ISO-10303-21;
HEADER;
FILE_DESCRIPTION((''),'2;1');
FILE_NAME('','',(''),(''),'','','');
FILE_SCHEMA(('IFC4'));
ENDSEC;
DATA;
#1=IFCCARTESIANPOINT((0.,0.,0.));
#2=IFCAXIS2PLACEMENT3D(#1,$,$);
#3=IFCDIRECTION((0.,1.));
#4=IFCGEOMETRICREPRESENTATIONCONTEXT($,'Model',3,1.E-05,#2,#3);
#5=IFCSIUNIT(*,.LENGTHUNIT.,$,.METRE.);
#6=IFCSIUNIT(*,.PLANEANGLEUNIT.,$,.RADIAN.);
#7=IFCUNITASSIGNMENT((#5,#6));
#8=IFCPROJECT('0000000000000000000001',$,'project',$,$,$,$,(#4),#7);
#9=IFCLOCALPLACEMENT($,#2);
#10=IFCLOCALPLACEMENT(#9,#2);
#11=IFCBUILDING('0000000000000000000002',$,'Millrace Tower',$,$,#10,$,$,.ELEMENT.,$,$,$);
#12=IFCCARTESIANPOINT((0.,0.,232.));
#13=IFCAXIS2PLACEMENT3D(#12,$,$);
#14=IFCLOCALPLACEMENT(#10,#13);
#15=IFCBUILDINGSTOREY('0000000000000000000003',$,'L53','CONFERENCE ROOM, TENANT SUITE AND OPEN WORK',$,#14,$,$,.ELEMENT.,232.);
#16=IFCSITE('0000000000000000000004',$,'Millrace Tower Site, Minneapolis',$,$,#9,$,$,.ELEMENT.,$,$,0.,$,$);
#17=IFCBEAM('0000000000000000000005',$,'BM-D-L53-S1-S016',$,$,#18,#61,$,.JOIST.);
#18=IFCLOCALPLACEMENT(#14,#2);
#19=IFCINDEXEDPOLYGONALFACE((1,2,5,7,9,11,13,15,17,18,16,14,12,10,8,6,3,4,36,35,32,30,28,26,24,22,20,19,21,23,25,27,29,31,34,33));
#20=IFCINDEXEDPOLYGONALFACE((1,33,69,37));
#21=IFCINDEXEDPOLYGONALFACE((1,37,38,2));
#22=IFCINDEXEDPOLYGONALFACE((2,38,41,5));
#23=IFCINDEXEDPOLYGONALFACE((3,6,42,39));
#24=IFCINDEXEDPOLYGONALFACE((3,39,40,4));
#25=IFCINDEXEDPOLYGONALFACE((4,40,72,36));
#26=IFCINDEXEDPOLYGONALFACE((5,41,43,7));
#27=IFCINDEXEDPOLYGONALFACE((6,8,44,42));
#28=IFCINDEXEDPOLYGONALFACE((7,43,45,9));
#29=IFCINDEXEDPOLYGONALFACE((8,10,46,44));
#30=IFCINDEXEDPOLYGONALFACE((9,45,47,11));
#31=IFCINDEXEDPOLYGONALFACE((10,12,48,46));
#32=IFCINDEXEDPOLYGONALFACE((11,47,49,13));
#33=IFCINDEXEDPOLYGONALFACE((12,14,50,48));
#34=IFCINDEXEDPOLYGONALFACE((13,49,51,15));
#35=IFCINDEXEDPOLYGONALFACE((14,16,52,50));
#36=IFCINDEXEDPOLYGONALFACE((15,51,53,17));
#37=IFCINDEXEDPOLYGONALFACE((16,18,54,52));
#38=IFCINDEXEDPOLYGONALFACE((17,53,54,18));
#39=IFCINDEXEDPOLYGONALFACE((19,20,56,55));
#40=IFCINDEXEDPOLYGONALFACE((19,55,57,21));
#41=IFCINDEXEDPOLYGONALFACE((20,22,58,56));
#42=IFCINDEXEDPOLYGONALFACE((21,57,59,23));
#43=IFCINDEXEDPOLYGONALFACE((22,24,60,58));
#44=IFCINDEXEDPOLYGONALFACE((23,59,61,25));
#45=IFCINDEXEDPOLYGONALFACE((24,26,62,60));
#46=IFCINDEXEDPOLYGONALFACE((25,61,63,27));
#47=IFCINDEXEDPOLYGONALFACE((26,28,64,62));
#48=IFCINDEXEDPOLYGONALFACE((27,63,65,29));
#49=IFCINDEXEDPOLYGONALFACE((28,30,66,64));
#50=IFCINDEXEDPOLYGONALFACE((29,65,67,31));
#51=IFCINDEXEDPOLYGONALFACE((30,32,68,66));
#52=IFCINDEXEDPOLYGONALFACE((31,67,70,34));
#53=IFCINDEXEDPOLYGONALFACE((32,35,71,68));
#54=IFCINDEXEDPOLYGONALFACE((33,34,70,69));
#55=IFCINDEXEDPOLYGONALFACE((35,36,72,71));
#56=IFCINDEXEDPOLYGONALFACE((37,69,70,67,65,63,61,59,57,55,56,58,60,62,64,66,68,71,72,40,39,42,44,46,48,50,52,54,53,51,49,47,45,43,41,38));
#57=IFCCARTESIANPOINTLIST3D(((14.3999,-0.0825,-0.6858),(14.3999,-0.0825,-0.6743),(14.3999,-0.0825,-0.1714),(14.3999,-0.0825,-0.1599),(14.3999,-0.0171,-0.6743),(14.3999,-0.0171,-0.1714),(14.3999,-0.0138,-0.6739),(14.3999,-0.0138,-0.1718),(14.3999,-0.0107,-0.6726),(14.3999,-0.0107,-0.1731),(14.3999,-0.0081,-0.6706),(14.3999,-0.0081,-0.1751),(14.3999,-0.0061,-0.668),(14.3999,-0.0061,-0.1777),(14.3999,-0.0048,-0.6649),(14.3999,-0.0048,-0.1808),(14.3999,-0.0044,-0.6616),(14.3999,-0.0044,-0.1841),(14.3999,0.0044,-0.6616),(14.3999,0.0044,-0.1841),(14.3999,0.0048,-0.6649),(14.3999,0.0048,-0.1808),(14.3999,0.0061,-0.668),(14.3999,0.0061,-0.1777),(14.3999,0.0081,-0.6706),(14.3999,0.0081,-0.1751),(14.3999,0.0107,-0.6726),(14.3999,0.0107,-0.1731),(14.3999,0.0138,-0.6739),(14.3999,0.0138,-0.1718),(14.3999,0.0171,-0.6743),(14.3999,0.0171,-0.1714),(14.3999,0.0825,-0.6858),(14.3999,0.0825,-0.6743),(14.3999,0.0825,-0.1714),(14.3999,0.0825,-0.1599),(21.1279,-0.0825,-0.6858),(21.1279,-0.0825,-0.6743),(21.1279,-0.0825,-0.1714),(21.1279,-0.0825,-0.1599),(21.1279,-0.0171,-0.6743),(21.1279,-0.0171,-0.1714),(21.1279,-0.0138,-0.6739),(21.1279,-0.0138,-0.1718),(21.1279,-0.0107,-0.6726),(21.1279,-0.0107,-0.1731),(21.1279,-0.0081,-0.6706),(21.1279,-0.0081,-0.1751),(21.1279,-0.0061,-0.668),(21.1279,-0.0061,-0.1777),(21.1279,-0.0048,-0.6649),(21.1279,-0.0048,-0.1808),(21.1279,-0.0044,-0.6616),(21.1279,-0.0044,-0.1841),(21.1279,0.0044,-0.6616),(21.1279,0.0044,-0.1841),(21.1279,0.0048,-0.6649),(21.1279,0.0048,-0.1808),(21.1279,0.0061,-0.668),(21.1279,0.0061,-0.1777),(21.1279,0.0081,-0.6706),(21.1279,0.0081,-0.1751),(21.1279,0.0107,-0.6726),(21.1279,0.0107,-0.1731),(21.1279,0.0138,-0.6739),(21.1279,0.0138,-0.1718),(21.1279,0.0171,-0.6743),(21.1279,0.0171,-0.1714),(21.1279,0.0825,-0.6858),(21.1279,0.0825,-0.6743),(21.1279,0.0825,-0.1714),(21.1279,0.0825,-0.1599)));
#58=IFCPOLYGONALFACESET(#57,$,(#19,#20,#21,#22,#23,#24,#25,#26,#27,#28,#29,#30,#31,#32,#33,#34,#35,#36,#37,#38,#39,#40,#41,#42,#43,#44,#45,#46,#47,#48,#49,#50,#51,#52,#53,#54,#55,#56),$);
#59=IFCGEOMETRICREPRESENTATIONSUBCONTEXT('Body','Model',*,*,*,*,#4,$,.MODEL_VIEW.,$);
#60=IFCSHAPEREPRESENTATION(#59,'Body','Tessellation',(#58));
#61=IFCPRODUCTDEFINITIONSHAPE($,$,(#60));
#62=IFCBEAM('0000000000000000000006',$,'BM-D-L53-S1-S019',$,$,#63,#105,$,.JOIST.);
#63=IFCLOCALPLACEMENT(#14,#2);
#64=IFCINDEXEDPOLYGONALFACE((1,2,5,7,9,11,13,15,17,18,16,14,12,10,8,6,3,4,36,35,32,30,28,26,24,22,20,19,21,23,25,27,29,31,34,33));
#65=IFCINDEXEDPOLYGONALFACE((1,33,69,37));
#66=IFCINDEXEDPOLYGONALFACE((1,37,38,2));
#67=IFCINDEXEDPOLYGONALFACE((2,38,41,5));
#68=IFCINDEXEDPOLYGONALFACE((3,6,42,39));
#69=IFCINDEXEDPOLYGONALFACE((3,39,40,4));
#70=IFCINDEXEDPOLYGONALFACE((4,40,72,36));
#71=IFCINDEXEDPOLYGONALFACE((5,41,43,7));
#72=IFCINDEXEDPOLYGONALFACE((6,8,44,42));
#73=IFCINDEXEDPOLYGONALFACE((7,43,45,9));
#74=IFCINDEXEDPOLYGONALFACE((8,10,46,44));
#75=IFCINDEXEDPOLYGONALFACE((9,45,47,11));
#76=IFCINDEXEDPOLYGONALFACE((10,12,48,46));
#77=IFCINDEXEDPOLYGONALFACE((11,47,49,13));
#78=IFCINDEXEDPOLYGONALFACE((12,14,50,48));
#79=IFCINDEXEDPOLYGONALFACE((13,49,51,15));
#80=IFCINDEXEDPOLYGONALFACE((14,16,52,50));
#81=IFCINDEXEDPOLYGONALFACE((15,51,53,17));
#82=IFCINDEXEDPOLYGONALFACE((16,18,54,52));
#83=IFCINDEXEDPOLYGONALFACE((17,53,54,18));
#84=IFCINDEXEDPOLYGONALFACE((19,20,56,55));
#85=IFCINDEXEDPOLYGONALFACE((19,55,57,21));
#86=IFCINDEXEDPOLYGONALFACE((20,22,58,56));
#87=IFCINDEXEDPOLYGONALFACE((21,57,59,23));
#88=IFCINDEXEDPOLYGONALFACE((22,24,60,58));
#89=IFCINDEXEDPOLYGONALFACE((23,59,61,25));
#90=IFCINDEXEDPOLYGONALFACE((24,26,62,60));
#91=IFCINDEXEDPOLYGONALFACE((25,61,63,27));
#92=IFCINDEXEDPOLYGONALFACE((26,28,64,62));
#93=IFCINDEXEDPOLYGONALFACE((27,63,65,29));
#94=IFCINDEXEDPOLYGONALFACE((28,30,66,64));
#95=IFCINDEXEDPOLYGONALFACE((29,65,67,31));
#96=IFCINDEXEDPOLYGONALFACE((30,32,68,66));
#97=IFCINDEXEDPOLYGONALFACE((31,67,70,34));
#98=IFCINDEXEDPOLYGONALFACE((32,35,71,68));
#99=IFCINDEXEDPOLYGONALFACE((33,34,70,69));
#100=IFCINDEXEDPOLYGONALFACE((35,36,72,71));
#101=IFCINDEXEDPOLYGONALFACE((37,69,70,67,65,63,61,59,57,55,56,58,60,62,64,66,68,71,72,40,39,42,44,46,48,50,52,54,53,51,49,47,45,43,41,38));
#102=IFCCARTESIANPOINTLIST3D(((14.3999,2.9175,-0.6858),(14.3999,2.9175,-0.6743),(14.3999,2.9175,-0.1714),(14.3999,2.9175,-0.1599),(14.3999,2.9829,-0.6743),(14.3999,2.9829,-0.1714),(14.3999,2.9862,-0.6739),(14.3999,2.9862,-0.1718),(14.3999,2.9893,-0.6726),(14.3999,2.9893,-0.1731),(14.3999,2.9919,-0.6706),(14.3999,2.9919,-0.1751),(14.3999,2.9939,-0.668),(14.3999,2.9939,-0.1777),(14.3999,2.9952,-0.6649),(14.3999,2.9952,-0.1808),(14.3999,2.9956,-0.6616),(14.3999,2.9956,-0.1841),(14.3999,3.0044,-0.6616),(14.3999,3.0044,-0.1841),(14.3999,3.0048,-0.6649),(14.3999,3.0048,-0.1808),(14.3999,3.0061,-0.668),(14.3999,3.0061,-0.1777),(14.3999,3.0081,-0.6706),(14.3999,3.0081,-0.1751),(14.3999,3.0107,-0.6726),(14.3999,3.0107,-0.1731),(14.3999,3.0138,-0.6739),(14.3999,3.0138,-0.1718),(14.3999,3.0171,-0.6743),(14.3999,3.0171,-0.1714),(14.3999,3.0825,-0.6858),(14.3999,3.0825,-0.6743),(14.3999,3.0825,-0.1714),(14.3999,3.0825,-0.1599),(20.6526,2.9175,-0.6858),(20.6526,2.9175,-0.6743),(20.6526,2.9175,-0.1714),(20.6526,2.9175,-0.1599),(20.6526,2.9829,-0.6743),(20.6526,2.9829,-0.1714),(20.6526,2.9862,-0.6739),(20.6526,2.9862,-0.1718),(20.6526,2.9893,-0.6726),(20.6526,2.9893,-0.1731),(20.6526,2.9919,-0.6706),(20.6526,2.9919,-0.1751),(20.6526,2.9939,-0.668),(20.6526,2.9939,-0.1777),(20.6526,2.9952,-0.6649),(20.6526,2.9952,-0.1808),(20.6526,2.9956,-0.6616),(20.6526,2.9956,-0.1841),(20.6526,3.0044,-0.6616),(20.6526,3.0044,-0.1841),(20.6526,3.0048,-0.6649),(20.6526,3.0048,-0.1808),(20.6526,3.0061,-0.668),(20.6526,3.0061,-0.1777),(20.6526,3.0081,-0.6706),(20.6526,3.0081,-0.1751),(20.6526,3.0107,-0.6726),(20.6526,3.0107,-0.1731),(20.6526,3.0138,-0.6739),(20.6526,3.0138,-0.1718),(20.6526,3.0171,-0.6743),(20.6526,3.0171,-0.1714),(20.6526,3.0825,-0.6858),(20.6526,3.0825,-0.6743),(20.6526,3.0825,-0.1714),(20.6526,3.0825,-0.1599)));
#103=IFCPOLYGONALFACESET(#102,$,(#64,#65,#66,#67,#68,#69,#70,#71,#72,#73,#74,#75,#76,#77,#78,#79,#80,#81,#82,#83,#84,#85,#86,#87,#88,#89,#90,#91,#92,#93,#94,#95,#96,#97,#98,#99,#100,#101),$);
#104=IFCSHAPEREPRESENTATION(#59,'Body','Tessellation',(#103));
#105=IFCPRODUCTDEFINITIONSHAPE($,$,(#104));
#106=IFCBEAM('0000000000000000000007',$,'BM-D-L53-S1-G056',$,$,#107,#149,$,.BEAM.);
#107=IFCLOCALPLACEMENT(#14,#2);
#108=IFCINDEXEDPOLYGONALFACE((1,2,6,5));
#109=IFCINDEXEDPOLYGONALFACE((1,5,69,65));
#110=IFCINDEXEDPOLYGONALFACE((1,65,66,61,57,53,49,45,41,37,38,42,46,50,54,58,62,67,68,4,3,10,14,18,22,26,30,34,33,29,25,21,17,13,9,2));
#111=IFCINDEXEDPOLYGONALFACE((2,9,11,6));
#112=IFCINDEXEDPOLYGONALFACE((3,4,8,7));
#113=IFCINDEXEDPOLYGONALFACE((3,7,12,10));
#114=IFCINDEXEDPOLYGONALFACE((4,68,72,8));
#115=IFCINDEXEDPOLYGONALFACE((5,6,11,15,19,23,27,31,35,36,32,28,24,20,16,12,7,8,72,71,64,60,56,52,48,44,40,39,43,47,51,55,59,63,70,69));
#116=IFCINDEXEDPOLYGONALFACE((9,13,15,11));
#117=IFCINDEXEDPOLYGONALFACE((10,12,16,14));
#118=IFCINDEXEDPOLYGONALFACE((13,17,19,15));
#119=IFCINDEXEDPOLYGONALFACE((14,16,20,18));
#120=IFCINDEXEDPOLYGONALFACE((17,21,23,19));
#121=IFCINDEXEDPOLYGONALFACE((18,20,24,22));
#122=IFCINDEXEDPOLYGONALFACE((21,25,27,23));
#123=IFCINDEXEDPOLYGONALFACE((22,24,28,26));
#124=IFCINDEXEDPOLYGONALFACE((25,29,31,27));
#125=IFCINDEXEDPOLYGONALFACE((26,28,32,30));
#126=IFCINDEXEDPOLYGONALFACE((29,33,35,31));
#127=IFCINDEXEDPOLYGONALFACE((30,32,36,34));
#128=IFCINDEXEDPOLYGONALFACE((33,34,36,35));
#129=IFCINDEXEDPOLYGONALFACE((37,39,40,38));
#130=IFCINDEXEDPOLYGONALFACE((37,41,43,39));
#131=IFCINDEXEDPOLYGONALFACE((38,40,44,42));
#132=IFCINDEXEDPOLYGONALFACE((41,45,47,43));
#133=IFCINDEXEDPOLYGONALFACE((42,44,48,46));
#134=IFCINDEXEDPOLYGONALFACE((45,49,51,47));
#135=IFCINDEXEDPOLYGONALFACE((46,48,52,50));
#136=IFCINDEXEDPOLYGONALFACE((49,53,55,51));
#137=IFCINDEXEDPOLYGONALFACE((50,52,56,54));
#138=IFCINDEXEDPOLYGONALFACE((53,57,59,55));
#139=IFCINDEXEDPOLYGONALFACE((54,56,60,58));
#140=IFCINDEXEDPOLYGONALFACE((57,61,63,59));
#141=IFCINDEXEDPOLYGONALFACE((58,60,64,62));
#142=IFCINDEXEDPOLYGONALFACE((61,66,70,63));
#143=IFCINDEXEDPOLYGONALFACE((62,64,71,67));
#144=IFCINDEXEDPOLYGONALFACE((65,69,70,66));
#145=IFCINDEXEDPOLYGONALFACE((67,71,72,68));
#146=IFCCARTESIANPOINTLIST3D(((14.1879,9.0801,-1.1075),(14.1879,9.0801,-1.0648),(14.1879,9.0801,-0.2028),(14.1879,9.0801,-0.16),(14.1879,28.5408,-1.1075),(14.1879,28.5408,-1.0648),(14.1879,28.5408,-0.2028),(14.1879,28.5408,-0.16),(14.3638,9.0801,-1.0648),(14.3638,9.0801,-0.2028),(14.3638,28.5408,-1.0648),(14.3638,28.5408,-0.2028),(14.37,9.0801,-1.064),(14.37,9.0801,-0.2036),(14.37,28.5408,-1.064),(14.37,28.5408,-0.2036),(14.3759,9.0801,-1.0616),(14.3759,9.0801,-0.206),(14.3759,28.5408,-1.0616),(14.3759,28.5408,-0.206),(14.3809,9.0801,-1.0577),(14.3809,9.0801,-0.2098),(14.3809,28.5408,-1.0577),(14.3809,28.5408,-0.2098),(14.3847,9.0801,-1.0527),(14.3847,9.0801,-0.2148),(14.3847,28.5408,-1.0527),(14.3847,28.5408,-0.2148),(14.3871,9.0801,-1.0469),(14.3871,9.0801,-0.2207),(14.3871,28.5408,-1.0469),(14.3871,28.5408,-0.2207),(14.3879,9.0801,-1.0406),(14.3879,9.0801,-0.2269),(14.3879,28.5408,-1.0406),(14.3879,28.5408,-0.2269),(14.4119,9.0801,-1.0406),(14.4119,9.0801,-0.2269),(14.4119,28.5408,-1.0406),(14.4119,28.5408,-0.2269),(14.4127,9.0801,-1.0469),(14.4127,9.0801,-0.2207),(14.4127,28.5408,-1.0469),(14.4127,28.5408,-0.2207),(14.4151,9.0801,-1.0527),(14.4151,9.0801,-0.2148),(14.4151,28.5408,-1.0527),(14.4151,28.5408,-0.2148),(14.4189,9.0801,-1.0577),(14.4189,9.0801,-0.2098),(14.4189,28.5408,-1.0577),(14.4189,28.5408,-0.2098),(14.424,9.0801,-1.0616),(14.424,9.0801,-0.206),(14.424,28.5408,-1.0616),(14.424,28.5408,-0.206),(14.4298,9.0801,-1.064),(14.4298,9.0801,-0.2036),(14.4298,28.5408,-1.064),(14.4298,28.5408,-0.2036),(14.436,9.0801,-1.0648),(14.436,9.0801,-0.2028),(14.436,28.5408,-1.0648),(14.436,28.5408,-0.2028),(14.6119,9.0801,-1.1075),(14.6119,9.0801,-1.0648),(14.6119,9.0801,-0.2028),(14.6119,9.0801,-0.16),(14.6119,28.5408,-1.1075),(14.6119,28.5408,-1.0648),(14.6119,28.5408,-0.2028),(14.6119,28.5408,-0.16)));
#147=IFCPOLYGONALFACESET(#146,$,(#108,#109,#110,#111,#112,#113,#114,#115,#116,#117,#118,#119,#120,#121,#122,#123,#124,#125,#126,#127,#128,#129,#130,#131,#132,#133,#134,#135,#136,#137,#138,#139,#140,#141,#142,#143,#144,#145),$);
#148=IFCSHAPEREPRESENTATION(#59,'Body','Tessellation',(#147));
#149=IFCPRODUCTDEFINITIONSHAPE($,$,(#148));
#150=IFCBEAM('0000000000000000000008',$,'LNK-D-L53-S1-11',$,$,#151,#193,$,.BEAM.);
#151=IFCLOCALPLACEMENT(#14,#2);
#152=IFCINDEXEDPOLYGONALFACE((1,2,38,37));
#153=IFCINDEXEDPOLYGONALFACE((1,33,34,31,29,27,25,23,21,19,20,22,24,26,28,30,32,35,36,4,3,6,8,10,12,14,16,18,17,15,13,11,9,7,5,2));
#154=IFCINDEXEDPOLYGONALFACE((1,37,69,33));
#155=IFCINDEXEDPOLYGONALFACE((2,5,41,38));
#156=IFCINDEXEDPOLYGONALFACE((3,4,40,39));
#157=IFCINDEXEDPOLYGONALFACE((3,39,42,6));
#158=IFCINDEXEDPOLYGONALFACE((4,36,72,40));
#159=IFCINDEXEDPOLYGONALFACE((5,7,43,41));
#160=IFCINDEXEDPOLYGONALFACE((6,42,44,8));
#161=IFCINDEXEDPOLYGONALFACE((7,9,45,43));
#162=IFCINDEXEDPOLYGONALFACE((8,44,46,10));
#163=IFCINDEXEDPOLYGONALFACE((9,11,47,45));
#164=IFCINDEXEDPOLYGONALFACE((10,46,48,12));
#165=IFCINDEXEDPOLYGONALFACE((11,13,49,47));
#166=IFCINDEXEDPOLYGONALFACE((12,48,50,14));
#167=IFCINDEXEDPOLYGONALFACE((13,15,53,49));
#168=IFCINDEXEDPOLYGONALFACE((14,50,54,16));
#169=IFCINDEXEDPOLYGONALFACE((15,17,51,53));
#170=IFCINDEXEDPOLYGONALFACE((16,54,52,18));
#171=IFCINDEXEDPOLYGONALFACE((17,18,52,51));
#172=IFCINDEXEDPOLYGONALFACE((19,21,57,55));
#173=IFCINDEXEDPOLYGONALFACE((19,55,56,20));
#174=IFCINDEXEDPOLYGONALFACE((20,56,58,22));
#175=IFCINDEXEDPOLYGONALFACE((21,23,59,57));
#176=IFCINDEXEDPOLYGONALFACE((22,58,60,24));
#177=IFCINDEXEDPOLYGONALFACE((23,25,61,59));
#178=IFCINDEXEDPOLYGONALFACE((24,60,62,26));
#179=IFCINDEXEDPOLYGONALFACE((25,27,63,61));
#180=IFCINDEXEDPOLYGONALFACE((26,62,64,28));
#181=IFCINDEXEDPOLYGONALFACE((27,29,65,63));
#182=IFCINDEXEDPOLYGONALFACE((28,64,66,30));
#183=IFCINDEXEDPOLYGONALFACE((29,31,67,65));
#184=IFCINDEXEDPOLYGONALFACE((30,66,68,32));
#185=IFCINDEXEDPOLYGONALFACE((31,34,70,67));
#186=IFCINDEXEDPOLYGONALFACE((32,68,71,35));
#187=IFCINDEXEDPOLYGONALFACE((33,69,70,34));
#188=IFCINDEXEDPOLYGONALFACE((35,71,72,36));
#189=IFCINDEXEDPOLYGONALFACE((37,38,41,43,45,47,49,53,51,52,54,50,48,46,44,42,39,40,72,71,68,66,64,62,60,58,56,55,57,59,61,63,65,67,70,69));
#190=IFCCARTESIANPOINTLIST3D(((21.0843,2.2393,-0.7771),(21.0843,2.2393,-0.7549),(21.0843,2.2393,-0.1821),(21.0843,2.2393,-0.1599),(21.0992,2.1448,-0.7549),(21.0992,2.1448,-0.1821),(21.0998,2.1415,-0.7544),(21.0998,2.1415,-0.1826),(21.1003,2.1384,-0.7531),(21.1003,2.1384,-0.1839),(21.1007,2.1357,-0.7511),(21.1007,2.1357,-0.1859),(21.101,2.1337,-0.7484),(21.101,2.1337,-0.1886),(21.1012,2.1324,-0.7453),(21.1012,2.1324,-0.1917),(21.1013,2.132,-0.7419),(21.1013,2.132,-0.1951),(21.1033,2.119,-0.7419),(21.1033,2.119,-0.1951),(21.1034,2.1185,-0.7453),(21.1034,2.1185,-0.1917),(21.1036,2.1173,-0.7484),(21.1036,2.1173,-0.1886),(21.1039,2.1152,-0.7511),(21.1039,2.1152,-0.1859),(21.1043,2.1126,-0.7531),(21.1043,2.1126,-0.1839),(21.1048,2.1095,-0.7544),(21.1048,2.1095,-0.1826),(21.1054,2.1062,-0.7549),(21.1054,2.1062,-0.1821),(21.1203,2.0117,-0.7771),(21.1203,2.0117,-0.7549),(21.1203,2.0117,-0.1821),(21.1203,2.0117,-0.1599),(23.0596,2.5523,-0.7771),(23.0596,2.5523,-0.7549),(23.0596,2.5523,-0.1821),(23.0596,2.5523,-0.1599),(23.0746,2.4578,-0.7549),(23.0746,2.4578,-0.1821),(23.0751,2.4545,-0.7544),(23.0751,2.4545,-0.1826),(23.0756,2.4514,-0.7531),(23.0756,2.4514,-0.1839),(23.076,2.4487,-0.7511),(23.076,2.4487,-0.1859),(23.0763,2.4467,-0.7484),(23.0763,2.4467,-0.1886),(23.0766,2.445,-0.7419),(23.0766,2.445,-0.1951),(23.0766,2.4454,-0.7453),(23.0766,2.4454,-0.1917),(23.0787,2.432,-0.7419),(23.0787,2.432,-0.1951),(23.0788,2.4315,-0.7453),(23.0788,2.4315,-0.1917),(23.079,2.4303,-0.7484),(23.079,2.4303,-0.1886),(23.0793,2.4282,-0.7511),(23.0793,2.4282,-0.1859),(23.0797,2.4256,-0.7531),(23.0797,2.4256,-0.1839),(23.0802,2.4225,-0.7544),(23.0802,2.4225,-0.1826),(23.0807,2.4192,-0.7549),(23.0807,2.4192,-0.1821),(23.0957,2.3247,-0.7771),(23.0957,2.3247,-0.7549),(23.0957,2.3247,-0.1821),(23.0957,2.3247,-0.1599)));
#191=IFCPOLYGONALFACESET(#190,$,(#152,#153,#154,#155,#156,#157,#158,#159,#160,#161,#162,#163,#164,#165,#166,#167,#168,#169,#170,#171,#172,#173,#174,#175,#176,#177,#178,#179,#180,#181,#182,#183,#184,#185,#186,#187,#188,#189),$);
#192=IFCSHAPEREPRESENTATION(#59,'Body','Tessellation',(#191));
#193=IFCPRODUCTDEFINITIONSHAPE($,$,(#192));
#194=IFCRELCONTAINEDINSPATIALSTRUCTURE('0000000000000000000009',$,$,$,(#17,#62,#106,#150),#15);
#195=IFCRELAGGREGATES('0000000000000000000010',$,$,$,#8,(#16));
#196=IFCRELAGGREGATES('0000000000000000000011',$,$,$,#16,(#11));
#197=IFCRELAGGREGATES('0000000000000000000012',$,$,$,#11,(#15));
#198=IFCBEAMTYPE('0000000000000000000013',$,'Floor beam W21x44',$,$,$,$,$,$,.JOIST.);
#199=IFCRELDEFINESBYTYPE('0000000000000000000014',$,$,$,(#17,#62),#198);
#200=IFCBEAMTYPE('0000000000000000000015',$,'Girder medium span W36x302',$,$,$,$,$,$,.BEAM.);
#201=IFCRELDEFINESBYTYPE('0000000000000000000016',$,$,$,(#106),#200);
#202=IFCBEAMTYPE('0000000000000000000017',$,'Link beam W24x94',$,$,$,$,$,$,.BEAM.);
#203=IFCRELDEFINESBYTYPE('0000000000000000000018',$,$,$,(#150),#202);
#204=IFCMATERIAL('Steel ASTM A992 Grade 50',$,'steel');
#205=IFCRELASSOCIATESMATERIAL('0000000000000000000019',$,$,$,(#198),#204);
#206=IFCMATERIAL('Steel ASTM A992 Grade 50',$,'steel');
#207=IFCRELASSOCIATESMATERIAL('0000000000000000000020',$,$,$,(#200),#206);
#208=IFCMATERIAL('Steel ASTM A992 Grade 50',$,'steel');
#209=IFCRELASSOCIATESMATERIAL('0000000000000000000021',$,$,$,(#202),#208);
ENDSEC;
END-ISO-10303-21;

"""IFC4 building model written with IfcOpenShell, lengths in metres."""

from ifc_helpers import new_model, si_unit, direction, frame, origin, origin_2d, place, context, subcontext, project, spatial, i_section, extrude, material, material_profile, profile_set, type_object, element, save


model = new_model("IFC4")

# Units and contexts
model_context = context("Model", 3, precision=1e-05, world=origin(), true_north=direction((0.0, 1.0)))
body_context = subcontext(model_context, "Body", "Model", "MODEL_VIEW")
ifc_project = project(units=[si_unit("LENGTHUNIT", "METRE"), si_unit("PLANEANGLEUNIT", "RADIAN")], contexts=[model_context])

# Site, building, storey
site_placement = place(None, origin())
site = spatial("IfcSite", under=ifc_project, at=site_placement, Name="Millrace Tower Site, Minneapolis", CompositionType="ELEMENT", RefElevation=0.0)
building_placement = place(site_placement, origin())
building = spatial("IfcBuilding", under=site, at=building_placement, Name="Millrace Tower", CompositionType="ELEMENT")
storey_placement = place(building_placement, frame((0.0, 0.0, 232.0)))
storey = spatial("IfcBuildingStorey", under=building, at=storey_placement, Name="L53", Description="CONFERENCE ROOM, TENANT SUITE AND OPEN WORK", CompositionType="ELEMENT", Elevation=232.0)

# Beams
ifc_material_1 = material(Name="Steel ASTM A992 Grade 50", Category="steel")
ifc_material_profile_1 = material_profile(ifc_material_1, i_section(OverallWidth=0.165, OverallDepth=0.5259, WebThickness=0.0088, FlangeThickness=0.0115, FilletRadius=0.0127, at=origin_2d()))
ifc_profile_set_1 = profile_set([ifc_material_profile_1], Name="Steel ASTM A992 Grade 50")
beam_type_1 = type_object("IfcBeamType", Name="Floor beam W21x44", PredefinedType="JOIST", material=ifc_profile_set_1)
beam_1_placement = place(storey_placement, frame((14.3999, 0.0, -0.4229), z_axis=(1.0, 0.0, 0.0), x_axis=(0.0, 1.0, 0.0)))
element("IfcBeam", 1, at=beam_1_placement, inside=storey, type_object=beam_type_1, Name="BM-D-L53-S1-S016", PredefinedType="JOIST", context=body_context, shape_type="SweptSolid", body=[
    extrude(i_section(OverallWidth=0.165, OverallDepth=0.5259, WebThickness=0.0088, FlangeThickness=0.0115, FilletRadius=0.0127, at=origin_2d()), origin(), (0.0, 0.0, 1.0), 6.728),
])
beam_2_placement = place(storey_placement, frame((14.3999, 3.0, -0.4229), z_axis=(1.0, 0.0, 0.0), x_axis=(0.0, 1.0, 0.0)))
element("IfcBeam", 2, at=beam_2_placement, inside=storey, type_object=beam_type_1, Name="BM-D-L53-S1-S019", PredefinedType="JOIST", context=body_context, shape_type="SweptSolid", body=[
    extrude(i_section(OverallWidth=0.165, OverallDepth=0.5259, WebThickness=0.0088, FlangeThickness=0.0115, FilletRadius=0.0127, at=origin_2d()), origin(), (0.0, 0.0, 1.0), 6.2527),
])
ifc_material_2 = material(Name="Steel ASTM A992 Grade 50", Category="steel")
ifc_material_profile_2 = material_profile(ifc_material_2, i_section(OverallWidth=0.4241, OverallDepth=0.9475, WebThickness=0.0239, FlangeThickness=0.0427, FilletRadius=0.0242, at=origin_2d()))
ifc_profile_set_2 = profile_set([ifc_material_profile_2], Name="Steel ASTM A992 Grade 50")
beam_type_2 = type_object("IfcBeamType", Name="Girder medium span W36x302", PredefinedType="BEAM", material=ifc_profile_set_2)
beam_3_placement = place(storey_placement, frame((14.3999, 9.0801, -0.6338), z_axis=(0.0, 1.0, 0.0), x_axis=(-1.0, 0.0, 0.0)))
element("IfcBeam", 3, at=beam_3_placement, inside=storey, type_object=beam_type_2, Name="BM-D-L53-S1-G056", PredefinedType="BEAM", context=body_context, shape_type="SweptSolid", body=[
    extrude(i_section(OverallWidth=0.4241, OverallDepth=0.9475, WebThickness=0.0239, FlangeThickness=0.0427, FilletRadius=0.0242, at=origin_2d()), origin(), (0.0, 0.0, 1.0), 19.4607),
])
ifc_material_3 = material(Name="Steel ASTM A992 Grade 50", Category="steel")
ifc_material_profile_3 = material_profile(ifc_material_3, i_section(OverallWidth=0.2305, OverallDepth=0.6172, WebThickness=0.0132, FlangeThickness=0.0222, FilletRadius=0.0129, at=origin_2d()))
ifc_profile_set_3 = profile_set([ifc_material_profile_3], Name="Steel ASTM A992 Grade 50")
beam_type_3 = type_object("IfcBeamType", Name="Link beam W24x94", PredefinedType="BEAM", material=ifc_profile_set_3)
beam_4_placement = place(storey_placement, frame((21.1023, 2.1255, -0.4685), z_axis=(0.987679, 0.156495, 0.0), x_axis=(-0.156495, 0.987679, 0.0)))
element("IfcBeam", 4, at=beam_4_placement, inside=storey, type_object=beam_type_3, Name="LNK-D-L53-S1-11", PredefinedType="BEAM", context=body_context, shape_type="SweptSolid", body=[
    extrude(i_section(OverallWidth=0.2305, OverallDepth=0.6172, WebThickness=0.0132, FlangeThickness=0.0222, FilletRadius=0.0129, at=origin_2d()), origin(), (0.0, 0.0, 1.0), 2.0),
])

save(model, "model.ifc")
